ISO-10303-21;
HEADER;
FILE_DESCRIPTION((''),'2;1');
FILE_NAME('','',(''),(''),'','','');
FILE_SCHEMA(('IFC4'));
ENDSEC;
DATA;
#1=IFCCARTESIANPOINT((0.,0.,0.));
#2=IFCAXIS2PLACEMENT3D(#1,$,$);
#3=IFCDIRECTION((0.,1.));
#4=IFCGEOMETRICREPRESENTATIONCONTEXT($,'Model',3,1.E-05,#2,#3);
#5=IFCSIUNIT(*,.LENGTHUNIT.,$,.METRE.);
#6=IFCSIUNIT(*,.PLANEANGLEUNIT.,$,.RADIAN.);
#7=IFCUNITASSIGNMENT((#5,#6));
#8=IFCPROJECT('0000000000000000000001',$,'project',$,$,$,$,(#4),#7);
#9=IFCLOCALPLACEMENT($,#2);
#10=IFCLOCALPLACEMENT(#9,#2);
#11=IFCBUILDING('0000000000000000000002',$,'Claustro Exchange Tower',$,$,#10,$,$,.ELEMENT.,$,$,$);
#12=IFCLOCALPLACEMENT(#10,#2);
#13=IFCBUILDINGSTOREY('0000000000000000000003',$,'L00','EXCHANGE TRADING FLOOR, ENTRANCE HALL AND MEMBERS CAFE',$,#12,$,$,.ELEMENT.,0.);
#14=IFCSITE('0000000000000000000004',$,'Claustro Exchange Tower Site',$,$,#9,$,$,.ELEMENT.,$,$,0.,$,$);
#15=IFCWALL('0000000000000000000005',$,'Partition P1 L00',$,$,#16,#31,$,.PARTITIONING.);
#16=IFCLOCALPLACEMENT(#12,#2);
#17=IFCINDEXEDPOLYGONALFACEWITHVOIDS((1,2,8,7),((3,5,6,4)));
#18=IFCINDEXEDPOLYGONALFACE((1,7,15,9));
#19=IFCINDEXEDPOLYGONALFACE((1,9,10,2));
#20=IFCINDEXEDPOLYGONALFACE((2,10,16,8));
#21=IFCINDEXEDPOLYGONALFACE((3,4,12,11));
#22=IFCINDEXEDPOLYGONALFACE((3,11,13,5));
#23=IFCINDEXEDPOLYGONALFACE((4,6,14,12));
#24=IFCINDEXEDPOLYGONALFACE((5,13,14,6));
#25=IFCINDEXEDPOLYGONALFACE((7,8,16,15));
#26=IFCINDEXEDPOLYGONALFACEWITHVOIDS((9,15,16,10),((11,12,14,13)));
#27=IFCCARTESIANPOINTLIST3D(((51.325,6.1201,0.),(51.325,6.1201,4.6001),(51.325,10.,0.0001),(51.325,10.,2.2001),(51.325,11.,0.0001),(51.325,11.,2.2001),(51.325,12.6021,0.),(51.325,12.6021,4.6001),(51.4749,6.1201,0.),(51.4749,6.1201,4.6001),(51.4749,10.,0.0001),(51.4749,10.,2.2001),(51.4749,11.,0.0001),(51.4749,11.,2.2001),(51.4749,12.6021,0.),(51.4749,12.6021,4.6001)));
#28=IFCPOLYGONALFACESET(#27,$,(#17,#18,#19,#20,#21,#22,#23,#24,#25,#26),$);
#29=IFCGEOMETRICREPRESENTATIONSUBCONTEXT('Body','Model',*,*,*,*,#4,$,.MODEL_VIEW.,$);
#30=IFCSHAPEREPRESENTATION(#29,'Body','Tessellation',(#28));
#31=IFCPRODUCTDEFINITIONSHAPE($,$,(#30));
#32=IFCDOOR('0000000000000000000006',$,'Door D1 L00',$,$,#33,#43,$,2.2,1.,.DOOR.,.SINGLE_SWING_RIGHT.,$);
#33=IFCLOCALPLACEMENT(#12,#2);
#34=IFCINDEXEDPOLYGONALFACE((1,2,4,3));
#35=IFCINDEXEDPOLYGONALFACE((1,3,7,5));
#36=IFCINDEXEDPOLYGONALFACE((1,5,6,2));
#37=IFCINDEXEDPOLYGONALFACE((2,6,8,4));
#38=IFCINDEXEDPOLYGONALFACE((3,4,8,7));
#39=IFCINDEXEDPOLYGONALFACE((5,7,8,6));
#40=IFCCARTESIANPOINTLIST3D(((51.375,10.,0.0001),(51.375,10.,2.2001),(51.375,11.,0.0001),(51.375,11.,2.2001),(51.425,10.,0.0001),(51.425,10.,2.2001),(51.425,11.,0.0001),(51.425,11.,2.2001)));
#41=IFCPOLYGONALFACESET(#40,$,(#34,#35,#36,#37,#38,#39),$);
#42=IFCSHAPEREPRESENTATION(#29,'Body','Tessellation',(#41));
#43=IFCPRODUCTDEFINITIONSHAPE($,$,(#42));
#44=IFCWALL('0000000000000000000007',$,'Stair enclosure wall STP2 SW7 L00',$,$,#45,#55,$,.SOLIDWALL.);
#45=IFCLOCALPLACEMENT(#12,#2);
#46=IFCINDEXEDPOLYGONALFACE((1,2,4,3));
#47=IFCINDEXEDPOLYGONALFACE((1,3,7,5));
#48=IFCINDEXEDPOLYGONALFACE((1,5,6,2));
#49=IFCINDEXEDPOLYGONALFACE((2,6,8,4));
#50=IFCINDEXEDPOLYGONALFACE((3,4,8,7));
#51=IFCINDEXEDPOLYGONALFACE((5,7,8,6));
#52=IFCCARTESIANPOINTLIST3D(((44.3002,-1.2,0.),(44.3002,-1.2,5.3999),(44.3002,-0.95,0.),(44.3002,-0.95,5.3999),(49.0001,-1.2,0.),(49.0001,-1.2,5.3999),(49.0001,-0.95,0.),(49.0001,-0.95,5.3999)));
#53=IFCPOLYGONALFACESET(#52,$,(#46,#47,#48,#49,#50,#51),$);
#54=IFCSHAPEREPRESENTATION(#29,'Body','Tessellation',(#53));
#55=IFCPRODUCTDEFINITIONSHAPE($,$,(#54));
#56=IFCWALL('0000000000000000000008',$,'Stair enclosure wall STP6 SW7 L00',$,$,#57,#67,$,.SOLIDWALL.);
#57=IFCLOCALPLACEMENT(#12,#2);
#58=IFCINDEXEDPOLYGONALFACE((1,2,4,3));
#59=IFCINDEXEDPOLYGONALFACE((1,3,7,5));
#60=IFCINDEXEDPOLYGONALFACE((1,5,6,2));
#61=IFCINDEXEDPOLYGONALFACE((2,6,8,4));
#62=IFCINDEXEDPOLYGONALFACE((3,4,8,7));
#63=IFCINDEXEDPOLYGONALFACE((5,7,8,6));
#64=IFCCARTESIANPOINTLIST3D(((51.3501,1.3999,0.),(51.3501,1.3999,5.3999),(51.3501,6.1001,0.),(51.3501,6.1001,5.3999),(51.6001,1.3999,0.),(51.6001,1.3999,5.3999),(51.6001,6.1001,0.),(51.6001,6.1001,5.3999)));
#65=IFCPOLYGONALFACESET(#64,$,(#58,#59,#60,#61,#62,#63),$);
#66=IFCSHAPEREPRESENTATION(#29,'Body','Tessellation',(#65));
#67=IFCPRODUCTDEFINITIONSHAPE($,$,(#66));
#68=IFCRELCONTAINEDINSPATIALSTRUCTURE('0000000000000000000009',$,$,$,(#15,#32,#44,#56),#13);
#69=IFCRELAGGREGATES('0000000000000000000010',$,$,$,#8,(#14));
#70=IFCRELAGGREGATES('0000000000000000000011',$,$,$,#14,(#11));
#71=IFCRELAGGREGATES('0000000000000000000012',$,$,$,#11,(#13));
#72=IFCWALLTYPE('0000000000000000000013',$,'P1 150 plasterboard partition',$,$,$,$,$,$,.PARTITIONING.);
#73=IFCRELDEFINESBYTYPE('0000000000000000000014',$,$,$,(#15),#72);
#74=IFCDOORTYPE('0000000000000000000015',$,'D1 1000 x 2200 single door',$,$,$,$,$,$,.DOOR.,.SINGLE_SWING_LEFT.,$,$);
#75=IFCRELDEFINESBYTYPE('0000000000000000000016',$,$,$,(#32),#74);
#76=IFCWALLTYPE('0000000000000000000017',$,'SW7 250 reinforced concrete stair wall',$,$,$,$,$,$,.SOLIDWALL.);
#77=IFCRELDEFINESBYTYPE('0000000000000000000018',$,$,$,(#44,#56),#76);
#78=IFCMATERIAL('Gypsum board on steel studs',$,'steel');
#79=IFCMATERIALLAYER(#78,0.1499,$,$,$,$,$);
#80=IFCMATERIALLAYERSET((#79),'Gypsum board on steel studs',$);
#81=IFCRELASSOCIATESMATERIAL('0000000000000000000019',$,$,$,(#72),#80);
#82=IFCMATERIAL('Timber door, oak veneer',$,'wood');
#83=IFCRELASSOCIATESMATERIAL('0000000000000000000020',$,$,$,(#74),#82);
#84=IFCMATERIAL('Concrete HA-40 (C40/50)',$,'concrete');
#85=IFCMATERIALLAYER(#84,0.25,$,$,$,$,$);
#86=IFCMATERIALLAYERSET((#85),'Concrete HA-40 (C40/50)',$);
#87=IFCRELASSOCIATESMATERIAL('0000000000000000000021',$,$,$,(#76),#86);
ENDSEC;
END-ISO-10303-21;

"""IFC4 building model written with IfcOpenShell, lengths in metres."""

from ifc_helpers import new_model, si_unit, direction, frame, frame_2d, origin, place, context, subcontext, project, spatial, rectangle, extrude, material, layer, layer_set, type_object, element, fill, save


model = new_model("IFC4")

# Units and contexts
model_context = context("Model", 3, precision=1e-05, world=origin(), true_north=direction((0.0, 1.0)))
body_context = subcontext(model_context, "Body", "Model", "MODEL_VIEW")
ifc_project = project(units=[si_unit("LENGTHUNIT", "METRE"), si_unit("PLANEANGLEUNIT", "RADIAN")], contexts=[model_context])

# Site, building, storey
site_placement = place(None, origin())
site = spatial("IfcSite", under=ifc_project, at=site_placement, Name="Claustro Exchange Tower Site", CompositionType="ELEMENT", RefElevation=0.0)
building_placement = place(site_placement, origin())
building = spatial("IfcBuilding", under=site, at=building_placement, Name="Claustro Exchange Tower", CompositionType="ELEMENT")
storey_placement = place(building_placement, origin())
storey = spatial("IfcBuildingStorey", under=building, at=storey_placement, Name="L00", Description="EXCHANGE TRADING FLOOR, ENTRANCE HALL AND MEMBERS CAFE", CompositionType="ELEMENT", Elevation=0.0)

# Shared definitions
ifc_material_1 = material(Name="Gypsum board on steel studs", Category="steel")
ifc_layer_1 = layer(ifc_material_1, 0.1499)
ifc_layer_set_1 = layer_set([ifc_layer_1], Name="Gypsum board on steel studs")
wall_type_1 = type_object("IfcWallType", Name="P1 150 plasterboard partition", PredefinedType="PARTITIONING", material=ifc_layer_set_1)
ifc_material_2 = material(Name="Timber door, oak veneer", Category="wood")
door_type = type_object("IfcDoorType", Name="D1 1000 x 2200 single door", OperationType="SINGLE_SWING_LEFT", PredefinedType="DOOR", material=ifc_material_2)

# Wall, opening, door
wall_1_placement = place(storey_placement, frame((51.3999, 6.1201, 0.0), z_axis=(0.0, 0.0, 1.0), x_axis=(0.0, 1.0, 0.0)))
wall_1 = element("IfcWall", 1, at=wall_1_placement, inside=storey, type_object=wall_type_1, Name="Partition P1 L00", PredefinedType="PARTITIONING", context=body_context, shape_type="SweptSolid", body=[
    extrude(rectangle(XDim=6.4819, YDim=0.1499, at=frame_2d((3.241, 0.0))), origin(), (0.0, 0.0, 1.0), 4.6001),
])
opening_1_placement = place(wall_1_placement, frame((3.8799, 0.0, 0.0)))
opening_1 = element("IfcOpeningElement", 2, at=opening_1_placement, cuts=wall_1, PredefinedType="OPENING", context=body_context, shape_type="SweptSolid", body=[
    extrude(rectangle(XDim=1.0, YDim=2.2, at=frame_2d((0.5, 1.1001))), frame((0.0, 0.085, 0.0), z_axis=(0.0, -1.0, 0.0), x_axis=(1.0, 0.0, 0.0)), (0.0, 0.0, 1.0), 0.1699),
])
door_1_placement = place(opening_1_placement, origin())
door_1 = element("IfcDoor", 3, at=door_1_placement, inside=storey, type_object=door_type, Name="Door D1 L00", OperationType="SINGLE_SWING_RIGHT", OverallHeight=2.2, OverallWidth=1.0, PredefinedType="DOOR", context=body_context, shape_type="SweptSolid", body=[
    extrude(rectangle(XDim=1.0, YDim=2.2, at=frame_2d((0.5, 1.1001))), frame((0.0, 0.0249, 0.0), z_axis=(0.0, -1.0, 0.0), x_axis=(1.0, 0.0, 0.0)), (0.0, 0.0, 1.0), 0.05),
])
fill(opening_1, door_1)

# Walls
ifc_material_3 = material(Name="Concrete HA-40 (C40/50)", Category="concrete")
ifc_layer_2 = layer(ifc_material_3, 0.25)
ifc_layer_set_2 = layer_set([ifc_layer_2], Name="Concrete HA-40 (C40/50)")
wall_type_2 = type_object("IfcWallType", Name="SW7 250 reinforced concrete stair wall", PredefinedType="SOLIDWALL", material=ifc_layer_set_2)
wall_2_placement = place(storey_placement, frame((44.3, -1.075, 0.0), z_axis=(0.0, 0.0, 1.0), x_axis=(1.0, 0.0, 0.0)))
element("IfcWall", 4, at=wall_2_placement, inside=storey, type_object=wall_type_2, Name="Stair enclosure wall STP2 SW7 L00", PredefinedType="SOLIDWALL", context=body_context, shape_type="SweptSolid", body=[
    extrude(rectangle(XDim=4.7, YDim=0.25, at=frame_2d((2.3501, 0.0))), origin(), (0.0, 0.0, 1.0), 5.3999),
])
wall_3_placement = place(storey_placement, frame((51.4751, 1.3999, 0.0), z_axis=(0.0, 0.0, 1.0), x_axis=(0.0, 1.0, 0.0)))
element("IfcWall", 5, at=wall_3_placement, inside=storey, type_object=wall_type_2, Name="Stair enclosure wall STP6 SW7 L00", PredefinedType="SOLIDWALL", context=body_context, shape_type="SweptSolid", body=[
    extrude(rectangle(XDim=4.7002, YDim=0.25, at=frame_2d((2.3501, 0.0))), origin(), (0.0, 0.0, 1.0), 5.3999),
])

save(model, "model.ifc")
